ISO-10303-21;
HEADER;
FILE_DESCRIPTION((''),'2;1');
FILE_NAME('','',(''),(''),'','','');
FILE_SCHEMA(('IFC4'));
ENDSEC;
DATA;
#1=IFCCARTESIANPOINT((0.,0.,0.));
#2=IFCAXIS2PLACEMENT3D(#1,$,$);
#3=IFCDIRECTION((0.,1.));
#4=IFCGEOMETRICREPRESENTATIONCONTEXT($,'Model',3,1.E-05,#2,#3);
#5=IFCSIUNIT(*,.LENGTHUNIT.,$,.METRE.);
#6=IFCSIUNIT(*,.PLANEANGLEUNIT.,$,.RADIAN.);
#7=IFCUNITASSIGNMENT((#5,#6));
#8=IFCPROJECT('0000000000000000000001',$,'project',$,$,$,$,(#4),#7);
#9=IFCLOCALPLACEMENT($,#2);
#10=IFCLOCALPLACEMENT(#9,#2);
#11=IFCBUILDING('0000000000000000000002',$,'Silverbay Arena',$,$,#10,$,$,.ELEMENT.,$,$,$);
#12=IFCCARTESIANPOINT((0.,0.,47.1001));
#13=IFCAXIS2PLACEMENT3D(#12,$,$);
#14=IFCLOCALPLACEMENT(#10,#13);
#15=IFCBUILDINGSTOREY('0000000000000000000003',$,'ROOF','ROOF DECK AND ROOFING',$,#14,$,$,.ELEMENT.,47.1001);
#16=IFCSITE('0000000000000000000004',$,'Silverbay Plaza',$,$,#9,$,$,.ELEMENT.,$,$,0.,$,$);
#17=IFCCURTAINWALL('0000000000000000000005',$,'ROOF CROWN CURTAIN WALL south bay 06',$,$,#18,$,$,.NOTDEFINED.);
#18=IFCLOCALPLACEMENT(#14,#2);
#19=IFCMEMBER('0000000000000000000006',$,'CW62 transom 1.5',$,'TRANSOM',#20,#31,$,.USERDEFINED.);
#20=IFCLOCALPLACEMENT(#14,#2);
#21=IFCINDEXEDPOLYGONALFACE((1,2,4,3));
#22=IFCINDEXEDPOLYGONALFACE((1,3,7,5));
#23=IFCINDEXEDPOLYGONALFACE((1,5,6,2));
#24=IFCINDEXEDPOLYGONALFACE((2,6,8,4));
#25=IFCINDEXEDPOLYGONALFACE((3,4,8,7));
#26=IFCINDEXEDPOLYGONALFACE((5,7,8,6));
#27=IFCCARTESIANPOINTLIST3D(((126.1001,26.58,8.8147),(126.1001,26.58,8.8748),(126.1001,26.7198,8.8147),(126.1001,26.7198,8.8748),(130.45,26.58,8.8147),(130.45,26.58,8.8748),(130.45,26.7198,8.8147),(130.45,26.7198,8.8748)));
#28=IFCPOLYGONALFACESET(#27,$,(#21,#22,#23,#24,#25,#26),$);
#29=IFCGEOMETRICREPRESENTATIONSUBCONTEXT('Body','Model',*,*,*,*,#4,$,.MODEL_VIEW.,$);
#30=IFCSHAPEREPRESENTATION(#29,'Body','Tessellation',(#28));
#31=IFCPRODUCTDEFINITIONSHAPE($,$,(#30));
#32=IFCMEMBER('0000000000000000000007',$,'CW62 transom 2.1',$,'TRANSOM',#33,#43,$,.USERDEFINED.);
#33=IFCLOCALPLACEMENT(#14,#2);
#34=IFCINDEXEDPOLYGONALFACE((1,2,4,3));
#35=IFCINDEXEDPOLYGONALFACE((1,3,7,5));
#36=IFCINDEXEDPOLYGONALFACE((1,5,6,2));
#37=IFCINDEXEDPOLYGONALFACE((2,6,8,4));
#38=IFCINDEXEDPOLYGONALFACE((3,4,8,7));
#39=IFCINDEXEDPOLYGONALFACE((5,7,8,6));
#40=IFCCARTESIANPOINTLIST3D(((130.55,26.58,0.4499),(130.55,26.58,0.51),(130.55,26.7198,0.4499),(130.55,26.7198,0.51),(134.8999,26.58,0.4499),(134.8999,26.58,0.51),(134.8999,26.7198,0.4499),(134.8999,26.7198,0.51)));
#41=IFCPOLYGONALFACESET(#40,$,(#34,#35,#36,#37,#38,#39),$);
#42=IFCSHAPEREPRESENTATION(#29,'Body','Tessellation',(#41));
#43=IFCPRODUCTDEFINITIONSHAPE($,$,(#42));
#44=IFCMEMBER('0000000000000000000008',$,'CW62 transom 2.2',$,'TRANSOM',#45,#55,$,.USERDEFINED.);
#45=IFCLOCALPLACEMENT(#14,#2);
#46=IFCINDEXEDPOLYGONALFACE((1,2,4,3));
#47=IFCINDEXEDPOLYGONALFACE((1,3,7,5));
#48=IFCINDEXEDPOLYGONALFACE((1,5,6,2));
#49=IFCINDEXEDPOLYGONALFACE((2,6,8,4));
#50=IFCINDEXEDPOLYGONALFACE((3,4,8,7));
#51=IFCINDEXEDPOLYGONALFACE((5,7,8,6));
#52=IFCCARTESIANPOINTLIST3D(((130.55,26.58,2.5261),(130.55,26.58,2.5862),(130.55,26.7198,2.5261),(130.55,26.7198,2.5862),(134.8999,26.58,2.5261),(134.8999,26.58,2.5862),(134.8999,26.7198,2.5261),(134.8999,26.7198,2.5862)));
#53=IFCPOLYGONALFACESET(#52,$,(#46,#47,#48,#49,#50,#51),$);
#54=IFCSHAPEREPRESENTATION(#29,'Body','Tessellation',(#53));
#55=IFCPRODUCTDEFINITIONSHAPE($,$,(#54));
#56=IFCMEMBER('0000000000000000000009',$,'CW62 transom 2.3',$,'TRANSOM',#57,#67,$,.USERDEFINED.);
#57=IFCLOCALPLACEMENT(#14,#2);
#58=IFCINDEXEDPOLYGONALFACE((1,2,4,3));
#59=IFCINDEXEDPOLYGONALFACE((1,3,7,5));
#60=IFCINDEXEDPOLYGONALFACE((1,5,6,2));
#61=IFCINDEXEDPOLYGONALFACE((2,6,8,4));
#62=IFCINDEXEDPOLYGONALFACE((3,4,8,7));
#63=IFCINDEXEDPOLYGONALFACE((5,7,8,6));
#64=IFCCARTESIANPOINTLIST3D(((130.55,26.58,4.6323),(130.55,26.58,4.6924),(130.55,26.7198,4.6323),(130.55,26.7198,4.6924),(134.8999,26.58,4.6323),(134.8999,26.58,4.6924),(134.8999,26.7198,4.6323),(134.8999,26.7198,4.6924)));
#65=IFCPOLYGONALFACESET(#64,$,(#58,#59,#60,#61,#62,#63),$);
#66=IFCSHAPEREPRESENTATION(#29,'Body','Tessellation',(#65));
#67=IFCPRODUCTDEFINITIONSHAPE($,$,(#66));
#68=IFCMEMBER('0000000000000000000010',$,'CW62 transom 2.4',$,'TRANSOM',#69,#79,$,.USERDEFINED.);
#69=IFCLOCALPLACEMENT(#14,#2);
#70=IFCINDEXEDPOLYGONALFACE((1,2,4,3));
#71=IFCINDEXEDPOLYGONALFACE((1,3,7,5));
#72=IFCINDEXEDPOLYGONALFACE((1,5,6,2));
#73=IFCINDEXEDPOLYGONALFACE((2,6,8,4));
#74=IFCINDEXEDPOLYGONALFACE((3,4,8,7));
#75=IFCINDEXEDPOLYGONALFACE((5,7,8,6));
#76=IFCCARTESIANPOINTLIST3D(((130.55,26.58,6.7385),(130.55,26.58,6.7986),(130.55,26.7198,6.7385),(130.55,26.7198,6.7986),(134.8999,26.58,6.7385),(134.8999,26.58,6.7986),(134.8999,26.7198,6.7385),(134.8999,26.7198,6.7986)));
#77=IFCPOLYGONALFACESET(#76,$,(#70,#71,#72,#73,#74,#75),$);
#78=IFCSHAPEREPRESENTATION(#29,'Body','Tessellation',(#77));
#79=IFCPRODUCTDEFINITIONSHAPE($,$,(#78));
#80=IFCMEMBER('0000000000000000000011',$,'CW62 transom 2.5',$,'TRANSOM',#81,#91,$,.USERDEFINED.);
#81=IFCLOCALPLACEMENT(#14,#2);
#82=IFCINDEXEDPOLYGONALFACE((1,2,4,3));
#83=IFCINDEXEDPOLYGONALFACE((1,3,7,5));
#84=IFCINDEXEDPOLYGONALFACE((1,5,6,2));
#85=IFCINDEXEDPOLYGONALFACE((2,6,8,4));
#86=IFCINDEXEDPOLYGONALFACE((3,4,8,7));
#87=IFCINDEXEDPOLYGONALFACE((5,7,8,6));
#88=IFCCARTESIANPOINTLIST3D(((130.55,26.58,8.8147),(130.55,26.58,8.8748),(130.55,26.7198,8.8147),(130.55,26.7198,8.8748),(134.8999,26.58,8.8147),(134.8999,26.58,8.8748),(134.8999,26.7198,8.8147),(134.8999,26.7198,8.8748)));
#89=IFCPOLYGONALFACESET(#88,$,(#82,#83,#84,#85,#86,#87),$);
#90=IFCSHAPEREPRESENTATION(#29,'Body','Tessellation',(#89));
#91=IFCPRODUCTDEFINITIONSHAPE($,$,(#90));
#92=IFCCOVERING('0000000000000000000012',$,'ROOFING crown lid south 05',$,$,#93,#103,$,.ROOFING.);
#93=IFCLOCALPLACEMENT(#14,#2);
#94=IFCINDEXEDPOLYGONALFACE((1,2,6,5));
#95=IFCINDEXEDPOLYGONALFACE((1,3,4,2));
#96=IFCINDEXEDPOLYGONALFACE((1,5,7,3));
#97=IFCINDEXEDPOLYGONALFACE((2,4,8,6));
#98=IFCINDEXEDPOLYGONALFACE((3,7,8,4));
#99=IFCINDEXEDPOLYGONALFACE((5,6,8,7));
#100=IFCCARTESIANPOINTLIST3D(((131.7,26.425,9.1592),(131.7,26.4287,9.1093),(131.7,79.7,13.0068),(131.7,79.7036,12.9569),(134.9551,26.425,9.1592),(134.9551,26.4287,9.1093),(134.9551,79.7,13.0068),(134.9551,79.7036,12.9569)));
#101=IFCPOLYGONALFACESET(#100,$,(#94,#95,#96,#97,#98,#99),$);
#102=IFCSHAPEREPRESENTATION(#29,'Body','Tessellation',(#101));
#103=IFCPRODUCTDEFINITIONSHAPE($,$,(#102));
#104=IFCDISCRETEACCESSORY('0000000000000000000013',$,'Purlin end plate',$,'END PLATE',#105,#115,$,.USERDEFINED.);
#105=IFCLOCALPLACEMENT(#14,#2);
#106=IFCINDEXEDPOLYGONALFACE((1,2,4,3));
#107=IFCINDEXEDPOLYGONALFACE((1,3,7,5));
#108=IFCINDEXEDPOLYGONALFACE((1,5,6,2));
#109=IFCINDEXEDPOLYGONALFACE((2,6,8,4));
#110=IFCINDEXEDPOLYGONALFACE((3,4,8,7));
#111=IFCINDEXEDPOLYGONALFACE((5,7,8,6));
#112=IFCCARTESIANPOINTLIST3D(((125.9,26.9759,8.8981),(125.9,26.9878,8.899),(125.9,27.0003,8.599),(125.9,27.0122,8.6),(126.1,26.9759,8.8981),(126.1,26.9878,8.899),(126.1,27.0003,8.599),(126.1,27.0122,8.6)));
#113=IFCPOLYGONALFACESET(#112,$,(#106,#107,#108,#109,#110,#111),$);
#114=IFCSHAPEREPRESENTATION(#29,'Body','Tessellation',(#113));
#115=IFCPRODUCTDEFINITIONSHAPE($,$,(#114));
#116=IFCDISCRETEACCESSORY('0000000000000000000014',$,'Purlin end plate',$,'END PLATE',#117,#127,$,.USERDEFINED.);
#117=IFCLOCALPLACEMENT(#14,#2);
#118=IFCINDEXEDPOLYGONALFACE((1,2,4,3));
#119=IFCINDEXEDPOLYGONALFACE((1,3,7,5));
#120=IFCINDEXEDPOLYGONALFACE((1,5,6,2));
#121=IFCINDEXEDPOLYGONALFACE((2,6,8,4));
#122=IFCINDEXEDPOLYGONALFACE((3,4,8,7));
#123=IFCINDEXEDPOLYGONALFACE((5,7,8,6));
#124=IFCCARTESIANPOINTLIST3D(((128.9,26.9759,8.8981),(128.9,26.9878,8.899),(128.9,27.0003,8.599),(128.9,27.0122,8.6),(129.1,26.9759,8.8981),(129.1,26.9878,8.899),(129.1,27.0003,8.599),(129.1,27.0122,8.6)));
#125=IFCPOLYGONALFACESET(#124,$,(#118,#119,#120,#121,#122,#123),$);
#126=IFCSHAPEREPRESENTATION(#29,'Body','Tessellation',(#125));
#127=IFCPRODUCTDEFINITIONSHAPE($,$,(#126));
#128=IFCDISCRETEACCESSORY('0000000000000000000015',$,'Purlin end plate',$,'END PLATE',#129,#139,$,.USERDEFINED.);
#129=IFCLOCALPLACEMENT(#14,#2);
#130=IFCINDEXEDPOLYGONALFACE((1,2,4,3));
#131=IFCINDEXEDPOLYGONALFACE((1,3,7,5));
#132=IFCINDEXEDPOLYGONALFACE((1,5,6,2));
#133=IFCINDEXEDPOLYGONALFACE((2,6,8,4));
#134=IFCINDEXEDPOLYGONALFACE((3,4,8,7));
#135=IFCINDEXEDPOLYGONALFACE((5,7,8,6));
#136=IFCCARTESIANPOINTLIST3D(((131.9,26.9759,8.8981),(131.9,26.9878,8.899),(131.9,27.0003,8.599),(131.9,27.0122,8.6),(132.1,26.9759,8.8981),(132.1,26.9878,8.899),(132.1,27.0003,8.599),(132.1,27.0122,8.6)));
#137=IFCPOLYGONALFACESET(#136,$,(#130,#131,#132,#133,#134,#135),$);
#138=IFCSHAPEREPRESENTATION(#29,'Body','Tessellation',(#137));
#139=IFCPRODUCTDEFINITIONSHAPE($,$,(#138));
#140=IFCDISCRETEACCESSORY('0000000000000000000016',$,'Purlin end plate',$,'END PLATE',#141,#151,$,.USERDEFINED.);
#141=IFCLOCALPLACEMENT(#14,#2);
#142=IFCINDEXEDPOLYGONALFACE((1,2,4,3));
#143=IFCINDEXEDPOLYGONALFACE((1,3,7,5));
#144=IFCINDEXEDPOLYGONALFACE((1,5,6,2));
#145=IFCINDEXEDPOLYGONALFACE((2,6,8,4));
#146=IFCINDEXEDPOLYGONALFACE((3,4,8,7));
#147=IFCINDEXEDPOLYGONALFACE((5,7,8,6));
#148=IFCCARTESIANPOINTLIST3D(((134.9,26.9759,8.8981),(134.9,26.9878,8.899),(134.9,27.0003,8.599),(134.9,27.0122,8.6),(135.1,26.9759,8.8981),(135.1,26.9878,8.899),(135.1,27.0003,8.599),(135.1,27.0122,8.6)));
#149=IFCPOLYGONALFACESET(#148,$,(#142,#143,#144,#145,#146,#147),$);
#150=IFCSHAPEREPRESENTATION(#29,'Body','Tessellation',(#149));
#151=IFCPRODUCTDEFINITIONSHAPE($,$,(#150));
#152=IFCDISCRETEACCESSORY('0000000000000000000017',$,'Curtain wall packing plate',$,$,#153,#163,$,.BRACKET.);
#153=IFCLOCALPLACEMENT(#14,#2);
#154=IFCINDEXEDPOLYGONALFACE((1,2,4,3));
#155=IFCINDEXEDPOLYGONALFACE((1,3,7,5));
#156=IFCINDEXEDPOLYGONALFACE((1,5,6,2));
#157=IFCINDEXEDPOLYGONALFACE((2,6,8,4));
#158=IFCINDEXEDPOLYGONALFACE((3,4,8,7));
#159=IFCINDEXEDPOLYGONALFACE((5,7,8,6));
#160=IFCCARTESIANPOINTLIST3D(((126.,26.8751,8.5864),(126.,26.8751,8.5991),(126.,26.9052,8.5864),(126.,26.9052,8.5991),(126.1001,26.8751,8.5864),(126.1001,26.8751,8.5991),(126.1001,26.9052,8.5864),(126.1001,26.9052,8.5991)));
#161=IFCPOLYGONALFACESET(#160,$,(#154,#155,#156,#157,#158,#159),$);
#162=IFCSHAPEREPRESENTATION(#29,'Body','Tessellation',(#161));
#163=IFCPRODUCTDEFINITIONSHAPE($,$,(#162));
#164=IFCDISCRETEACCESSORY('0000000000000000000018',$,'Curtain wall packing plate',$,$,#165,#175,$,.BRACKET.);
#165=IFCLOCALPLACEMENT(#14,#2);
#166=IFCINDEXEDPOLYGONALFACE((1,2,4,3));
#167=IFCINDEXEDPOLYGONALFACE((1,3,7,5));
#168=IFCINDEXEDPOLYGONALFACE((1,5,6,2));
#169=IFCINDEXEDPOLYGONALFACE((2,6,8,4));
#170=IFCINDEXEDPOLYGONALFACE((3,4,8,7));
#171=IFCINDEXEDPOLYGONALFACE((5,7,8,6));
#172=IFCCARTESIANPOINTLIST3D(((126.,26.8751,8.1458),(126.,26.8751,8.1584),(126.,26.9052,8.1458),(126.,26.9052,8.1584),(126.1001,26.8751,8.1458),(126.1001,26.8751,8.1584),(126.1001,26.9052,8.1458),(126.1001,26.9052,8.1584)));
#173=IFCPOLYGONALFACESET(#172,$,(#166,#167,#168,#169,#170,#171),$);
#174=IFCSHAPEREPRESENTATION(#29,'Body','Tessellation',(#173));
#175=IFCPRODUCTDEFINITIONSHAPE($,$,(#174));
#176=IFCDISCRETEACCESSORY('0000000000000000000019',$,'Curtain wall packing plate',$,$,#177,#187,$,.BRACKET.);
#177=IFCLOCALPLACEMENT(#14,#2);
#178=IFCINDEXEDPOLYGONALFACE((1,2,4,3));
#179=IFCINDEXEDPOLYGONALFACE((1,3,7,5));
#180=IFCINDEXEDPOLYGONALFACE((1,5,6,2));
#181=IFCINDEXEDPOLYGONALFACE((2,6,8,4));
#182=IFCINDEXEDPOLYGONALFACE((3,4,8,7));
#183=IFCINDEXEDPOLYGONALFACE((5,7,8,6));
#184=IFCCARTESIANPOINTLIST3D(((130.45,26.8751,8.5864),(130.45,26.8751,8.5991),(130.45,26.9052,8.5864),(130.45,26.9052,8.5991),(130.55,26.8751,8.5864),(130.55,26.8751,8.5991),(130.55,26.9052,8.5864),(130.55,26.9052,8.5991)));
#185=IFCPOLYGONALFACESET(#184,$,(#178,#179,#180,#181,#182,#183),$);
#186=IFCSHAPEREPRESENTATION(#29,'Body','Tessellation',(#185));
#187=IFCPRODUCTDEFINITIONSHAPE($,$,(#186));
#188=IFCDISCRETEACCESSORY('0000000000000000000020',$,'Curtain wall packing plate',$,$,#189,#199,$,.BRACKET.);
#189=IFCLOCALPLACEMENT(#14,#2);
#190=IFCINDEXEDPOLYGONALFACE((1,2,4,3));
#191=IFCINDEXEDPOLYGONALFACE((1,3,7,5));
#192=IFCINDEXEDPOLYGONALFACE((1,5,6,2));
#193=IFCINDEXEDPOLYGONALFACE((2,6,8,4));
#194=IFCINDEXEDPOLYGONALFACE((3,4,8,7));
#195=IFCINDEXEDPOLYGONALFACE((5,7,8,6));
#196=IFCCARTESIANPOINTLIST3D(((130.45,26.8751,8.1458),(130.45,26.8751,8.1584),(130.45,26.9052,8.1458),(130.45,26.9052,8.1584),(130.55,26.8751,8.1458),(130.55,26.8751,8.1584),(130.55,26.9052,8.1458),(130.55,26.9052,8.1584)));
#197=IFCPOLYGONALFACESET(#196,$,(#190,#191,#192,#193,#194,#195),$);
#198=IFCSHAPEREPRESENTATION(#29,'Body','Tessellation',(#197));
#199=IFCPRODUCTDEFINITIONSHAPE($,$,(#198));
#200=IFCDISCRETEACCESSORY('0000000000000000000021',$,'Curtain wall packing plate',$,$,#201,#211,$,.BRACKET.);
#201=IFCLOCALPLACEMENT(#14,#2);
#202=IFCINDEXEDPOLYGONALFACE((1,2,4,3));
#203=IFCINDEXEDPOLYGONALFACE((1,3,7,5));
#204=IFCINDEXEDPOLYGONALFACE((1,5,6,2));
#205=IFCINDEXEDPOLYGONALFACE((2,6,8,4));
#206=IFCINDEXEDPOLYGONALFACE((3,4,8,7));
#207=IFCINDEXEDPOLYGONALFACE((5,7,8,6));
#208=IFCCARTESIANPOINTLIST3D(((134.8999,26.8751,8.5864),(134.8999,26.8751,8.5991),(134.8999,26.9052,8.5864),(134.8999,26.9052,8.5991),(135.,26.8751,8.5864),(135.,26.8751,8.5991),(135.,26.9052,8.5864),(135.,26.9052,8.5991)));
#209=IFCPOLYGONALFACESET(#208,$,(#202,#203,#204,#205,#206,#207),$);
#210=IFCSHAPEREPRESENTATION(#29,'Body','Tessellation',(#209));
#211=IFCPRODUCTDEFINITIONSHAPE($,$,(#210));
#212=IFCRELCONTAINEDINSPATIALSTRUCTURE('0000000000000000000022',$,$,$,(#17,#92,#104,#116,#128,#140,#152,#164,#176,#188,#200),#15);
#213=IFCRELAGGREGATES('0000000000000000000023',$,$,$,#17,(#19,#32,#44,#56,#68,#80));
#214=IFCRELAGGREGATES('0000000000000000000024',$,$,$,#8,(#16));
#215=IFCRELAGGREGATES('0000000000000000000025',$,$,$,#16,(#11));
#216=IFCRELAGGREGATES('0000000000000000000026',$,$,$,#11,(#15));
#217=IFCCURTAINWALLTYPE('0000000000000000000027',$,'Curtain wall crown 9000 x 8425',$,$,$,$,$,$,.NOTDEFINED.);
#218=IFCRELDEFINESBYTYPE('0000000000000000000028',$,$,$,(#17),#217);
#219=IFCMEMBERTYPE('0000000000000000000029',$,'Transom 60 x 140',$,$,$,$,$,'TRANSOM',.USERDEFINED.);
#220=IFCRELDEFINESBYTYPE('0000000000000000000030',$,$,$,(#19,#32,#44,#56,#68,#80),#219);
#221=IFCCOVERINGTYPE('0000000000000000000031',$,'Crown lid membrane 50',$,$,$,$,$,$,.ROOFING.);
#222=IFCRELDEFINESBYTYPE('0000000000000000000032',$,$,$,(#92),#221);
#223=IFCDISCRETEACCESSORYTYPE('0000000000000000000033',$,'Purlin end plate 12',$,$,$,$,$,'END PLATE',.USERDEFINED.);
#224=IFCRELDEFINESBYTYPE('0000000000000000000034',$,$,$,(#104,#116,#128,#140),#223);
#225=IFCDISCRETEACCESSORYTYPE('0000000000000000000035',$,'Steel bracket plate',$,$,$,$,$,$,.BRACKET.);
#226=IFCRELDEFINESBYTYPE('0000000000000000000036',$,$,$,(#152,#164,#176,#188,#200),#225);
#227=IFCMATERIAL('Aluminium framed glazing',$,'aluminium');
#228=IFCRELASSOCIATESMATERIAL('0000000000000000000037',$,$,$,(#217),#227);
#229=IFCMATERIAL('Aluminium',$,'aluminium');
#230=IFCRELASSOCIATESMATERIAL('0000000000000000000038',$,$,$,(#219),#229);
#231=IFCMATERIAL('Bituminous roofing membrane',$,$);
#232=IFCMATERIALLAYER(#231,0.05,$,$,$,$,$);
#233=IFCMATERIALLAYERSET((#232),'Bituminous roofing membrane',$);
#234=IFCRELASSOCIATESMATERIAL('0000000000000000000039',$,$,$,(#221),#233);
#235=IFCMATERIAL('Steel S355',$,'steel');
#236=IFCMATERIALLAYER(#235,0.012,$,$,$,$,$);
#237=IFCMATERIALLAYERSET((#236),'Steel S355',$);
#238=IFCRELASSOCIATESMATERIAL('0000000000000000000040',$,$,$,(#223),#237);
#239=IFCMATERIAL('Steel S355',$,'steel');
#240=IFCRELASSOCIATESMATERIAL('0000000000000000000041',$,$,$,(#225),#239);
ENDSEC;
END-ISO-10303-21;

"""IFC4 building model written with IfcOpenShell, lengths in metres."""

from ifc_helpers import new_model, si_unit, direction, frame, origin, origin_2d, place, context, subcontext, project, spatial, polyline, rectangle, outline, extrude, material, layer, layer_set, material_profile, profile_set, type_object, element, aggregate, save


model = new_model("IFC4")

# Units and contexts
model_context = context("Model", 3, precision=1e-05, world=origin(), true_north=direction((0.0, 1.0)))
body_context = subcontext(model_context, "Body", "Model", "MODEL_VIEW")
ifc_project = project(units=[si_unit("LENGTHUNIT", "METRE"), si_unit("PLANEANGLEUNIT", "RADIAN")], contexts=[model_context])

# Site, building, storey
site_placement = place(None, origin())
site = spatial("IfcSite", under=ifc_project, at=site_placement, Name="Silverbay Plaza", CompositionType="ELEMENT", RefElevation=0.0)
building_placement = place(site_placement, origin())
building = spatial("IfcBuilding", under=site, at=building_placement, Name="Silverbay Arena", CompositionType="ELEMENT")
storey_placement = place(building_placement, frame((0.0, 0.0, 47.1001)))
storey = spatial("IfcBuildingStorey", under=building, at=storey_placement, Name="ROOF", Description="ROOF DECK AND ROOFING", CompositionType="ELEMENT", Elevation=47.1001)

# Curtain wall
ifc_material_1 = material(Name="Aluminium framed glazing", Category="aluminium")
curtain_wall_type = type_object("IfcCurtainWallType", Name="Curtain wall crown 9000 x 8425", PredefinedType="NOTDEFINED", material=ifc_material_1)
curtain_wall_placement = place(storey_placement, origin())
curtain_wall = element("IfcCurtainWall", 1, at=curtain_wall_placement, inside=storey, type_object=curtain_wall_type, Name="ROOF CROWN CURTAIN WALL south bay 06", PredefinedType="NOTDEFINED")
placement = place(building_placement, frame((0.0, 0.0, 33.5)))

# Members
ifc_material_2 = material(Name="Aluminium", Category="aluminium")
ifc_material_profile_1 = material_profile(ifc_material_2, rectangle(XDim=0.1399, YDim=0.0601, at=origin_2d()), Name="Transom 60 x 140")
ifc_profile_set_1 = profile_set([ifc_material_profile_1], Name="Aluminium")
member_type_1 = type_object("IfcMemberType", Name="Transom 60 x 140", ElementType="TRANSOM", PredefinedType="USERDEFINED", material=ifc_profile_set_1)
member_1_placement = place(placement, frame((126.1001, 26.6499, 22.4448), z_axis=(1.0, 0.0, 0.0), x_axis=(0.0, 1.0, 0.0)))
member_1 = element("IfcMember", 2, at=member_1_placement, type_object=member_type_1, Name="CW62 transom 1.5", ObjectType="TRANSOM", PredefinedType="USERDEFINED", context=body_context, shape_type="SweptSolid", body=[
    extrude(rectangle(XDim=0.1399, YDim=0.0601, at=origin_2d()), origin(), (0.0, 0.0, 1.0), 4.3499),
])
member_2_placement = place(placement, frame((130.55, 26.6499, 14.0801), z_axis=(1.0, 0.0, 0.0), x_axis=(0.0, 1.0, 0.0)))
member_2 = element("IfcMember", 3, at=member_2_placement, type_object=member_type_1, Name="CW62 transom 2.1", ObjectType="TRANSOM", PredefinedType="USERDEFINED", context=body_context, shape_type="SweptSolid", body=[
    extrude(rectangle(XDim=0.1399, YDim=0.0601, at=origin_2d()), origin(), (0.0, 0.0, 1.0), 4.3499),
])
member_3_placement = place(placement, frame((130.55, 26.6499, 16.1562), z_axis=(1.0, 0.0, 0.0), x_axis=(0.0, 1.0, 0.0)))
member_3 = element("IfcMember", 4, at=member_3_placement, type_object=member_type_1, Name="CW62 transom 2.2", ObjectType="TRANSOM", PredefinedType="USERDEFINED", context=body_context, shape_type="SweptSolid", body=[
    extrude(rectangle(XDim=0.1399, YDim=0.0601, at=origin_2d()), origin(), (0.0, 0.0, 1.0), 4.3499),
])
member_4_placement = place(placement, frame((130.55, 26.6499, 18.2625), z_axis=(1.0, 0.0, 0.0), x_axis=(0.0, 1.0, 0.0)))
member_4 = element("IfcMember", 5, at=member_4_placement, type_object=member_type_1, Name="CW62 transom 2.3", ObjectType="TRANSOM", PredefinedType="USERDEFINED", context=body_context, shape_type="SweptSolid", body=[
    extrude(rectangle(XDim=0.1399, YDim=0.0601, at=origin_2d()), origin(), (0.0, 0.0, 1.0), 4.3499),
])
member_5_placement = place(placement, frame((130.55, 26.6499, 20.3687), z_axis=(1.0, 0.0, 0.0), x_axis=(0.0, 1.0, 0.0)))
member_5 = element("IfcMember", 6, at=member_5_placement, type_object=member_type_1, Name="CW62 transom 2.4", ObjectType="TRANSOM", PredefinedType="USERDEFINED", context=body_context, shape_type="SweptSolid", body=[
    extrude(rectangle(XDim=0.1399, YDim=0.0601, at=origin_2d()), origin(), (0.0, 0.0, 1.0), 4.3499),
])
member_6_placement = place(placement, frame((130.55, 26.6499, 22.4448), z_axis=(1.0, 0.0, 0.0), x_axis=(0.0, 1.0, 0.0)))
member_6 = element("IfcMember", 7, at=member_6_placement, type_object=member_type_1, Name="CW62 transom 2.5", ObjectType="TRANSOM", PredefinedType="USERDEFINED", context=body_context, shape_type="SweptSolid", body=[
    extrude(rectangle(XDim=0.1399, YDim=0.0601, at=origin_2d()), origin(), (0.0, 0.0, 1.0), 4.3499),
])

aggregate(curtain_wall, [member_1, member_2, member_3, member_4, member_5, member_6])

# Covering
ifc_material_3 = material(Name="Bituminous roofing membrane")
ifc_layer_1 = layer(ifc_material_3, 0.05)
ifc_layer_set_1 = layer_set([ifc_layer_1], Name="Bituminous roofing membrane")
covering_type = type_object("IfcCoveringType", Name="Crown lid membrane 50", PredefinedType="ROOFING", material=ifc_layer_set_1)
covering_placement = place(storey_placement, frame((131.7, 26.425, 9.1592), z_axis=(0.0, -0.072035, 0.997402), x_axis=(1.0, 0.0, 0.0)))
element("IfcCovering", 8, at=covering_placement, inside=storey, type_object=covering_type, Name="ROOFING crown lid south 05", PredefinedType="ROOFING", context=body_context, shape_type="SweptSolid", body=[
    extrude(outline(polyline([(0.0, 0.0), (3.2551, 0.0), (3.2551, 53.4137), (0.0, 53.4137), (0.0, 0.0)])), origin(), (0.0, 0.0, -1.0), 0.05),
])

# Discrete accessories
ifc_material_4 = material(Name="Steel S355", Category="steel")
ifc_layer_2 = layer(ifc_material_4, 0.012)
ifc_layer_set_2 = layer_set([ifc_layer_2], Name="Steel S355")
discrete_accessory_type_1 = type_object("IfcDiscreteAccessoryType", Name="Purlin end plate 12", ElementType="END PLATE", PredefinedType="USERDEFINED", material=ifc_layer_set_2)
for number, where, z_axis, x_axis, name in (
    (9, (126.0, 27.0, 8.7495), (0.0, -0.996685, -0.081362), (1.0, 0.0, 0.0), "Purlin end plate"),
    (10, (129.0, 27.0, 8.7495), (0.0, -0.996685, -0.081362), (1.0, 0.0, 0.0), "Purlin end plate"),
    (11, (132.0, 27.0, 8.7495), (0.0, -0.996685, -0.081362), (1.0, 0.0, 0.0), "Purlin end plate"),
    (12, (135.0, 27.0, 8.7495), (0.0, -0.996685, -0.081362), (1.0, 0.0, 0.0), "Purlin end plate"),
):
    element("IfcDiscreteAccessory", number, at=place(storey_placement, frame(where, z_axis=z_axis, x_axis=x_axis)), inside=storey, type_object=discrete_accessory_type_1, Name=name, ObjectType="END PLATE", PredefinedType="USERDEFINED", context=body_context, shape_type="SweptSolid", body=[
        extrude(rectangle(XDim=0.2, YDim=0.3, at=origin_2d()), origin(), (0.0, 0.0, 1.0), 0.012),
    ])
ifc_material_5 = material(Name="Steel S355", Category="steel")
discrete_accessory_type_2 = type_object("IfcDiscreteAccessoryType", Name="Steel bracket plate", PredefinedType="BRACKET", material=ifc_material_5)
for number, where, z_axis, x_axis, name in (
    (13, (126.05, 26.8901, 8.5864), (0.0, 0.0, 1.0), (1.0, 0.0, 0.0), "Curtain wall packing plate"),
    (14, (126.05, 26.8901, 8.1458), (0.0, 0.0, 1.0), (1.0, 0.0, 0.0), "Curtain wall packing plate"),
    (15, (130.5, 26.8901, 8.5864), (0.0, 0.0, 1.0), (1.0, 0.0, 0.0), "Curtain wall packing plate"),
    (16, (130.5, 26.8901, 8.1458), (0.0, 0.0, 1.0), (1.0, 0.0, 0.0), "Curtain wall packing plate"),
    (17, (134.95, 26.8901, 8.5864), (0.0, 0.0, 1.0), (1.0, 0.0, 0.0), "Curtain wall packing plate"),
):
    element("IfcDiscreteAccessory", number, at=place(storey_placement, frame(where, z_axis=z_axis, x_axis=x_axis)), inside=storey, type_object=discrete_accessory_type_2, Name=name, PredefinedType="BRACKET", context=body_context, shape_type="SweptSolid", body=[
        extrude(rectangle(XDim=0.1001, YDim=0.03, at=origin_2d()), origin(), (0.0, 0.0, 1.0), 0.0127),
    ])

save(model, "model.ifc")
